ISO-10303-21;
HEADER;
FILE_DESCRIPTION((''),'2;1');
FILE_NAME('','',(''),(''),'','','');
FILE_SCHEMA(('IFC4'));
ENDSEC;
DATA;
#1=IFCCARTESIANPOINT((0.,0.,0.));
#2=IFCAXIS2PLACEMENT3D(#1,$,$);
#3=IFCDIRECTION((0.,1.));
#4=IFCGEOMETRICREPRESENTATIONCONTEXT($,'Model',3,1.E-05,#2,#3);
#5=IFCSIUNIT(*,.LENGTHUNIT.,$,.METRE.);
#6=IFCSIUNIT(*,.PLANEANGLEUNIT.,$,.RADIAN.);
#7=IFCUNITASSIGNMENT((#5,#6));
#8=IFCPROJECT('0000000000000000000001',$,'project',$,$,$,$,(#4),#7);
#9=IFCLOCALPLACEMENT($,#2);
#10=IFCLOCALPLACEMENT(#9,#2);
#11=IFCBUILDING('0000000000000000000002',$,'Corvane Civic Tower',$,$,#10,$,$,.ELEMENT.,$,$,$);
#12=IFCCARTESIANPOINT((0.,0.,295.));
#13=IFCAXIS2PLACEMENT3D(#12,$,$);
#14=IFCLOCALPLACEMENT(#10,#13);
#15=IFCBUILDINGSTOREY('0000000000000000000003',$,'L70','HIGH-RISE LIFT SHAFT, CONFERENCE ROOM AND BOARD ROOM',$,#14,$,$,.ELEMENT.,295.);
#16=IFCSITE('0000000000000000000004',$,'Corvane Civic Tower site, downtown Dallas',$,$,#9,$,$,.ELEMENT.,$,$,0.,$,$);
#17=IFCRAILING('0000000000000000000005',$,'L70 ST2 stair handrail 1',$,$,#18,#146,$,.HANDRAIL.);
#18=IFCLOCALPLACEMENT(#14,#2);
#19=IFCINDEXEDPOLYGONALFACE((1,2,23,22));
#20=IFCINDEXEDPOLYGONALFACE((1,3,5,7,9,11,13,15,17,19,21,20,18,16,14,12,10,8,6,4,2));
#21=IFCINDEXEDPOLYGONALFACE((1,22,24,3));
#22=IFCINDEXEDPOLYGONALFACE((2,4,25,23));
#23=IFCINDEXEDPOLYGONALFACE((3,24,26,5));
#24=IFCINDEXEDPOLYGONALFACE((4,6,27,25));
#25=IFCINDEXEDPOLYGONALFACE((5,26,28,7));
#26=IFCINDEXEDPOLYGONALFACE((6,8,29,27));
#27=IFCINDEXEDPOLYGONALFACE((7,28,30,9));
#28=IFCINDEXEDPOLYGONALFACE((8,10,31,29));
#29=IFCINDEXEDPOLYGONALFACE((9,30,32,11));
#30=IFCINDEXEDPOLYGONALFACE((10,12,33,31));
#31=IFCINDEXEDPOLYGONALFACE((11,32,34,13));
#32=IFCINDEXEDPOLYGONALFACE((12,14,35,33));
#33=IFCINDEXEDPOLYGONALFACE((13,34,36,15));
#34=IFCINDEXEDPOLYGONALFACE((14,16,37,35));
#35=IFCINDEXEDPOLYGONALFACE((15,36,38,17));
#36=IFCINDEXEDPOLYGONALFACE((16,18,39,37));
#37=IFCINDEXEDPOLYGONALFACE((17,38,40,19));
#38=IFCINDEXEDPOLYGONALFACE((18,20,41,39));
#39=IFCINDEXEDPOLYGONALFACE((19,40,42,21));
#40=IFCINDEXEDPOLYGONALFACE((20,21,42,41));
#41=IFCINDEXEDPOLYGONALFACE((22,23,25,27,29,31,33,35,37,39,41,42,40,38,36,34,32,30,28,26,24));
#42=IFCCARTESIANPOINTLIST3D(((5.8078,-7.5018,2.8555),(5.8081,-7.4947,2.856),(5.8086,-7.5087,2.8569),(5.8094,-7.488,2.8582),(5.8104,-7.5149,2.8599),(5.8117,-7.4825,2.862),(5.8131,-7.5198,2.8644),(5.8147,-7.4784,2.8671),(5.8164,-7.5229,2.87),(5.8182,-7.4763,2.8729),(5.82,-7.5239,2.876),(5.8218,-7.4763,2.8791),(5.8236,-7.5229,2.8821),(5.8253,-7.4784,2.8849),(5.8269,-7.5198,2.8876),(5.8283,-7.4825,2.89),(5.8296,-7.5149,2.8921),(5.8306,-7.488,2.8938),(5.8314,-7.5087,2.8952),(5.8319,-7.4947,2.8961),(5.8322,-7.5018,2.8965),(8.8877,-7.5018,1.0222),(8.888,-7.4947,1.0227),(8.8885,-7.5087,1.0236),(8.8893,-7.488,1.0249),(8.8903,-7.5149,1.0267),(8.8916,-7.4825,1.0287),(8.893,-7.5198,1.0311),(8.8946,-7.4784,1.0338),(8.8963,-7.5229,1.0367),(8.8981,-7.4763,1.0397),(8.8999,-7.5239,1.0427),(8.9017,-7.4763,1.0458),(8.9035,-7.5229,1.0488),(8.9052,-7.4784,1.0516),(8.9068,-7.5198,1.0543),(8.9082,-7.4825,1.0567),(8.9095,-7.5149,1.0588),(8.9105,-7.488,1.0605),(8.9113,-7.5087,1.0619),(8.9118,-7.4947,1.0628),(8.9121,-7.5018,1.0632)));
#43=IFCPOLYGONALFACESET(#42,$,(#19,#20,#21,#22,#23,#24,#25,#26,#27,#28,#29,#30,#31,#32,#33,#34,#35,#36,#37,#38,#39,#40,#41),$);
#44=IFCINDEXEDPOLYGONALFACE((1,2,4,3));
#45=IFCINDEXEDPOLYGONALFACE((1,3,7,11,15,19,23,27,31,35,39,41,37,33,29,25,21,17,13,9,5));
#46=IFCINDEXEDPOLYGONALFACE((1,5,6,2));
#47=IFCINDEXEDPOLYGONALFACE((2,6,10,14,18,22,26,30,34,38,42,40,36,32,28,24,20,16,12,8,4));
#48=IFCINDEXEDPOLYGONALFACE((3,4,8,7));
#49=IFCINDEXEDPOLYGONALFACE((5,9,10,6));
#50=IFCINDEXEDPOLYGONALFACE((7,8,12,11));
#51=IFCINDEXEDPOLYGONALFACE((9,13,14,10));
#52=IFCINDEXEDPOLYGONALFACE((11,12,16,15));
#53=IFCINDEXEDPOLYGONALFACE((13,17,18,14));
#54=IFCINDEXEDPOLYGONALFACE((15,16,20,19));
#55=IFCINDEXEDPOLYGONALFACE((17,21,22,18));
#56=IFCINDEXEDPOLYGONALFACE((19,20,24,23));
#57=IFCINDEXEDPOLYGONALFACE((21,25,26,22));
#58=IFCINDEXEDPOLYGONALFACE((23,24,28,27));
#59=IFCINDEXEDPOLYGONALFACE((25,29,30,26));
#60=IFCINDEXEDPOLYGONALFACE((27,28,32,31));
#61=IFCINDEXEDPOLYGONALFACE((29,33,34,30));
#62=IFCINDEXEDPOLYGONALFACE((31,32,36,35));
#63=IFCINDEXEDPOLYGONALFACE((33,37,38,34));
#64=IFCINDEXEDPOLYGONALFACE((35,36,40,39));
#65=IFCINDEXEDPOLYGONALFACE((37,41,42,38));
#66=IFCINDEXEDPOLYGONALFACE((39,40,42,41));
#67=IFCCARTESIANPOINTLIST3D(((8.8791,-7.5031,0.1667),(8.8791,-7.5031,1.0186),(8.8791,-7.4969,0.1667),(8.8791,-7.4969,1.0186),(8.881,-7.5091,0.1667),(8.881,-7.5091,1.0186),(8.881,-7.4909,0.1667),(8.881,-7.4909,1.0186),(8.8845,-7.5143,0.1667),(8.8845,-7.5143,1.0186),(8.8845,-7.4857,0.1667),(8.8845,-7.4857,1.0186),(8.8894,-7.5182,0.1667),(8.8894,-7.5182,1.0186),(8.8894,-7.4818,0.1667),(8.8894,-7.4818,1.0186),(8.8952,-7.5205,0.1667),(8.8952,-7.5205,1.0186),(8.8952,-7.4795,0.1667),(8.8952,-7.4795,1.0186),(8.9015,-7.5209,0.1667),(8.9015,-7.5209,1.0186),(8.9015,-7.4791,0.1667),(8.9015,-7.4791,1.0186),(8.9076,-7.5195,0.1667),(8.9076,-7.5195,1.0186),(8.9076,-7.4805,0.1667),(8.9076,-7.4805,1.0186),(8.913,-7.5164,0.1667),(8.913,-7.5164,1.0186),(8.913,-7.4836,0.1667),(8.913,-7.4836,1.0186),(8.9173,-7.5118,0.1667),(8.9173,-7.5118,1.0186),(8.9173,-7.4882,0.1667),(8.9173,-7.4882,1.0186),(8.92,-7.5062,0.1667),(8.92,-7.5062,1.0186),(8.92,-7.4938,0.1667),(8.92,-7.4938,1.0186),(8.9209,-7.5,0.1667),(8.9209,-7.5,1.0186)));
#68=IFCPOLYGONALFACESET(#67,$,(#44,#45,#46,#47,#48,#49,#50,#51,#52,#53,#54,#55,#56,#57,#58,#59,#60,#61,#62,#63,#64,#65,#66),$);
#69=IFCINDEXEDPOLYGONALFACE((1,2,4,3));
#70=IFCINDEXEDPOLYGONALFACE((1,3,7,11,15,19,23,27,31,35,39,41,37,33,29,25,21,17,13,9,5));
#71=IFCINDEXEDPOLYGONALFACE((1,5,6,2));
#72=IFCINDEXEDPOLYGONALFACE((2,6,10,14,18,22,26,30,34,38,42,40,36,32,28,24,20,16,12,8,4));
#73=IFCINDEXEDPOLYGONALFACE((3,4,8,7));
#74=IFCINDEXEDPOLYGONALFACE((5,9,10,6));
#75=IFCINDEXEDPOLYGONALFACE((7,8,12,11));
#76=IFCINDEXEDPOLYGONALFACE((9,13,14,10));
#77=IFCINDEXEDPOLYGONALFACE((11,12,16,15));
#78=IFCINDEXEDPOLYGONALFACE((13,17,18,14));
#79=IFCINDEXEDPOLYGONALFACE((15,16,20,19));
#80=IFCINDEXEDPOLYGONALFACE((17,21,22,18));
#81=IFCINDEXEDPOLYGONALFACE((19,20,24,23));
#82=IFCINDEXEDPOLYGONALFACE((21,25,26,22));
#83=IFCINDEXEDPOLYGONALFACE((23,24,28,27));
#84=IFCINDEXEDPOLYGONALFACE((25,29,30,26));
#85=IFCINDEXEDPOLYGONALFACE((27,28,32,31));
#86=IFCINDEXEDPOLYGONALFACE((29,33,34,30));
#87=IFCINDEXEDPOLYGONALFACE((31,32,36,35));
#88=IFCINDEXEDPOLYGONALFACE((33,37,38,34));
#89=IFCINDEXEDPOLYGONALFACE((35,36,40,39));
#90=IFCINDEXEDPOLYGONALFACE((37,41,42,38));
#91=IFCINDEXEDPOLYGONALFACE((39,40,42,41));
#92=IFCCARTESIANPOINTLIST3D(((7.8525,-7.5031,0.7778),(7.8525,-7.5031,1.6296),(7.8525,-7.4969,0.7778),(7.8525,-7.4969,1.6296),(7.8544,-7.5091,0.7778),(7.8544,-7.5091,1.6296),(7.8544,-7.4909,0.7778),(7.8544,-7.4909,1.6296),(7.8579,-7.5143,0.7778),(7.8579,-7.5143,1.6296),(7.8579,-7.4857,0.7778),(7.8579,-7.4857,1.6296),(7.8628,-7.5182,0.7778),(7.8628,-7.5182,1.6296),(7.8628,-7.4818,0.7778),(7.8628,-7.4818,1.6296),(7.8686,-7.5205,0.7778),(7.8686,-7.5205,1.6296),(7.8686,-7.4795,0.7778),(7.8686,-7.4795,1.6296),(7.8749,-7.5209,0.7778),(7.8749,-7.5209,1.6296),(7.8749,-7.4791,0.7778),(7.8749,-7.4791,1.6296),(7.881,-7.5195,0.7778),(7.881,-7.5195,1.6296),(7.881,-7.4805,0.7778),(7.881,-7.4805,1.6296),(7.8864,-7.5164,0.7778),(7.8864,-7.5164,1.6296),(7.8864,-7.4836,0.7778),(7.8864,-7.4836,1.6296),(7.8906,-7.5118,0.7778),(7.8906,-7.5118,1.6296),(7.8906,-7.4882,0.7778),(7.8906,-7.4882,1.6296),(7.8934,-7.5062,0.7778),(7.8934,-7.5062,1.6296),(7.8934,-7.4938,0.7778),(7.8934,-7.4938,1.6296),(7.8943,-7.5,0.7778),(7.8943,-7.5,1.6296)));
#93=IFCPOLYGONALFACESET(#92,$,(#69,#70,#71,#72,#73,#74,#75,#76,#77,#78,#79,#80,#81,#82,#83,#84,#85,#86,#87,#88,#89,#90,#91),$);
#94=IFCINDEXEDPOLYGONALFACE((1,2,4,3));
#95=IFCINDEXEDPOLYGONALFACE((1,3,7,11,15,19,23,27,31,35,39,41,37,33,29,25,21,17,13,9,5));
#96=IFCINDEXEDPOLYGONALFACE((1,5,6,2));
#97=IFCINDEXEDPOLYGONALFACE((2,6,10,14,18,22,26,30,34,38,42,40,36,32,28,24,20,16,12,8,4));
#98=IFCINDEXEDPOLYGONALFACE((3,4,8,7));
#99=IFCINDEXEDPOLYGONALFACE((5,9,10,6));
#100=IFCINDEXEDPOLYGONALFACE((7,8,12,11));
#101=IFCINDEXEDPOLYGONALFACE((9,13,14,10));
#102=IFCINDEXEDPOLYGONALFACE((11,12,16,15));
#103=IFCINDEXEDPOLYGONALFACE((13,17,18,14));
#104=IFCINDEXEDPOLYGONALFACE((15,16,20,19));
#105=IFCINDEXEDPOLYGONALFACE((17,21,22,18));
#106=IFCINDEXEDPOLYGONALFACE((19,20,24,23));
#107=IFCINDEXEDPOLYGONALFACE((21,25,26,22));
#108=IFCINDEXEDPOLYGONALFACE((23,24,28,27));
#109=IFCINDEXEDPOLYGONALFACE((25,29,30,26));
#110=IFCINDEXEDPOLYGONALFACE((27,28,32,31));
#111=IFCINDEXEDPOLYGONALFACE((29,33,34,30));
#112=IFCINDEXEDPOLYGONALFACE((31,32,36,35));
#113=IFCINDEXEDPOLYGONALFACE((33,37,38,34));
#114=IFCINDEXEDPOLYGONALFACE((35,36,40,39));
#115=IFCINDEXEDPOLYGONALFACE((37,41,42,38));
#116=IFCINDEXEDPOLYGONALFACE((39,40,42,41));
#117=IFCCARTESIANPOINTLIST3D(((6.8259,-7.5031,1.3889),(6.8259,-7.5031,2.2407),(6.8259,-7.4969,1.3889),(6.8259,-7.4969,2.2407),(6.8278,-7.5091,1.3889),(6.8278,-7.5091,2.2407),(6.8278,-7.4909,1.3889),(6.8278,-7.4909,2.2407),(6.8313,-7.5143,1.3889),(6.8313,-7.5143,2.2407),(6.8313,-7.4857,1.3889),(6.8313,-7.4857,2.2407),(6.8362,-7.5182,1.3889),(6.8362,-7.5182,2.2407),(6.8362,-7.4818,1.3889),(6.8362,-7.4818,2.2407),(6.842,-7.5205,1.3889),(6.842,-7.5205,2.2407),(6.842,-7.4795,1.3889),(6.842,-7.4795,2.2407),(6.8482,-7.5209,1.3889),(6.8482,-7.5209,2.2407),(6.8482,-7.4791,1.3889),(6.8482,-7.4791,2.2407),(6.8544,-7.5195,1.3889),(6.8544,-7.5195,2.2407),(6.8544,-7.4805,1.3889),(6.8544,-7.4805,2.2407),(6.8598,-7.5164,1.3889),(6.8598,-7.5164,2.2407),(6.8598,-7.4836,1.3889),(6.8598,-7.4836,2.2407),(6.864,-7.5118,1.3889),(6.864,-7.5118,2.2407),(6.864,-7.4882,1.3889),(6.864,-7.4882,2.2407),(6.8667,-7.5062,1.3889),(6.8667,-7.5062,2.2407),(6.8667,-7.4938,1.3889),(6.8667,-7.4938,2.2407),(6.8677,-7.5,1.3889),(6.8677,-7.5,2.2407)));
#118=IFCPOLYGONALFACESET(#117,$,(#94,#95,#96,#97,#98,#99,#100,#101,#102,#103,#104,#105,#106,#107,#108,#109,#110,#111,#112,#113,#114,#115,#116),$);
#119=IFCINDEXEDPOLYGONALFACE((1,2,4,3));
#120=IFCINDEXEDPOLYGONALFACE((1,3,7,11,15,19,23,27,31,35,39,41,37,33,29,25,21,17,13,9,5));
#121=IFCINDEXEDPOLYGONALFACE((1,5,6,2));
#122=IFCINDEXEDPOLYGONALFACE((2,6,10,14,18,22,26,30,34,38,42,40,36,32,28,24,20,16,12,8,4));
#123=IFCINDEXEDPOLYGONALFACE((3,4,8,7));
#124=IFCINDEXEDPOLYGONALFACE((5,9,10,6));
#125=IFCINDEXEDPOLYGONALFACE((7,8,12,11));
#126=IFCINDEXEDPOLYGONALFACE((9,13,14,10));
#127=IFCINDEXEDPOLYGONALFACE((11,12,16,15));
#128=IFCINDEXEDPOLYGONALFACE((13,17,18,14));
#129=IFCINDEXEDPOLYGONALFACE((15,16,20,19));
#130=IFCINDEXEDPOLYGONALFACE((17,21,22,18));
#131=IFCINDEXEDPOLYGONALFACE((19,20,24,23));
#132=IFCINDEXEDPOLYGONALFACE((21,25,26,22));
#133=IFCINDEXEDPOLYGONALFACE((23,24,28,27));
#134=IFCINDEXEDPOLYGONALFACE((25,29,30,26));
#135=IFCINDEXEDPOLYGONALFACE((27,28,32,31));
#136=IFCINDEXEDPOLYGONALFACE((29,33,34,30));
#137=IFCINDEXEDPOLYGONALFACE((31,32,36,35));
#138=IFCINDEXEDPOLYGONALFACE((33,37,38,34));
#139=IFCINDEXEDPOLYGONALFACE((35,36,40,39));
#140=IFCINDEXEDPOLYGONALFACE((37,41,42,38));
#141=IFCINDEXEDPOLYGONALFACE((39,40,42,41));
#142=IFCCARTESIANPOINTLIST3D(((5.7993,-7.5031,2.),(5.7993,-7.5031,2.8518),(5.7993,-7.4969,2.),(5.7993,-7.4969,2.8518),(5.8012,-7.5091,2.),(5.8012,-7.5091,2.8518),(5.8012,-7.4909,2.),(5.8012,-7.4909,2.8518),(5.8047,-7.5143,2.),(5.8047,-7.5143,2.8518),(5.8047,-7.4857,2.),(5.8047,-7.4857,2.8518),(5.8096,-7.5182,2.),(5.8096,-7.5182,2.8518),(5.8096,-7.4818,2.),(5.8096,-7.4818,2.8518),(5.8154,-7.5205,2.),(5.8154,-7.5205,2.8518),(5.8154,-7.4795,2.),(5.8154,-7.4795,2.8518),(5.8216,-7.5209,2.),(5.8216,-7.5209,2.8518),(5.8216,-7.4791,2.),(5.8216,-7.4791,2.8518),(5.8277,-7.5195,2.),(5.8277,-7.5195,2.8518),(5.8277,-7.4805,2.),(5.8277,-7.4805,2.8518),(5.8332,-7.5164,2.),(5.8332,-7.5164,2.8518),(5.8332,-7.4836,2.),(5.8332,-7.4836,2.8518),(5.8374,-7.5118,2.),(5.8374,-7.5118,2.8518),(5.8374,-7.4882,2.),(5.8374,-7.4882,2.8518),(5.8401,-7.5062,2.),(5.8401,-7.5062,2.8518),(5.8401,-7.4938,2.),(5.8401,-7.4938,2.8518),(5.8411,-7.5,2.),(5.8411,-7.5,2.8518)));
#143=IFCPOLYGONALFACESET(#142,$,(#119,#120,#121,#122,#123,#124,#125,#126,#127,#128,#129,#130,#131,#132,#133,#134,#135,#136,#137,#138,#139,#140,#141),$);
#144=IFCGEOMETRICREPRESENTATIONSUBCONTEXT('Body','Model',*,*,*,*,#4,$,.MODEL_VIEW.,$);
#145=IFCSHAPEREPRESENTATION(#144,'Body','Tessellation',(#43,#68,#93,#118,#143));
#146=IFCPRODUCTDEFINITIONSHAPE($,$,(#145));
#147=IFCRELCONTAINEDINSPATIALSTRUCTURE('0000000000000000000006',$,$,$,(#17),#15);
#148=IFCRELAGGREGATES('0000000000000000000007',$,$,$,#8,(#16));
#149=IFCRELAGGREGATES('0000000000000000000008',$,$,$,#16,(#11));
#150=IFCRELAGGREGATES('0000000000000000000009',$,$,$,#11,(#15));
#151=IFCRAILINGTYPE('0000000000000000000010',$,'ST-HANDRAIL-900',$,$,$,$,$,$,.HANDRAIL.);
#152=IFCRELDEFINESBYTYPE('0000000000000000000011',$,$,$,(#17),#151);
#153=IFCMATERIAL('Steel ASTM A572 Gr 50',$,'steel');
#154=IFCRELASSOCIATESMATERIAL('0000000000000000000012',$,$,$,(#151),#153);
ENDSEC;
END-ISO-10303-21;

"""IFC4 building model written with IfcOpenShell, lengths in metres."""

from ifc_helpers import new_model, si_unit, direction, frame, origin, origin_2d, place, context, subcontext, project, spatial, circle, extrude, material, type_object, element, save


model = new_model("IFC4")

# Units and contexts
model_context = context("Model", 3, precision=1e-05, world=origin(), true_north=direction((0.0, 1.0)))
body_context = subcontext(model_context, "Body", "Model", "MODEL_VIEW")
ifc_project = project(units=[si_unit("LENGTHUNIT", "METRE"), si_unit("PLANEANGLEUNIT", "RADIAN")], contexts=[model_context])

# Site, building, storey
site_placement = place(None, origin())
site = spatial("IfcSite", under=ifc_project, at=site_placement, Name="Corvane Civic Tower site, downtown Dallas", CompositionType="ELEMENT", RefElevation=0.0)
building_placement = place(site_placement, origin())
building = spatial("IfcBuilding", under=site, at=building_placement, Name="Corvane Civic Tower", CompositionType="ELEMENT")
storey_placement = place(building_placement, frame((0.0, 0.0, 295.0)))
storey = spatial("IfcBuildingStorey", under=building, at=storey_placement, Name="L70", Description="HIGH-RISE LIFT SHAFT, CONFERENCE ROOM AND BOARD ROOM", CompositionType="ELEMENT", Elevation=295.0)

# Railing
ifc_material_1 = material(Name="Steel ASTM A572 Gr 50", Category="steel")
railing_type_1 = type_object("IfcRailingType", Name="ST-HANDRAIL-900", PredefinedType="HANDRAIL", material=ifc_material_1)
railing_1_placement = place(storey_placement, frame((8.8999, -7.5, 0.1667)))
element("IfcRailing", 1, at=railing_1_placement, inside=storey, type_object=railing_type_1, Name="L70 ST2 stair handrail 1", PredefinedType="HANDRAIL", context=body_context, shape_type="SweptSolid", body=[
    extrude(circle(Radius=0.0239, at=origin_2d()), frame((0.0, 0.0, 0.876), z_axis=(-0.859291, 0.0, 0.511487), x_axis=(0.0, -1.0, 0.0)), (0.0, 0.0, 1.0), 3.5842),
    extrude(circle(Radius=0.021, at=origin_2d()), origin(), (0.0, 0.0, 1.0), 0.8518),
    extrude(circle(Radius=0.021, at=origin_2d()), frame((-1.0266, 0.0, 0.6111)), (0.0, 0.0, 1.0), 0.8518),
    extrude(circle(Radius=0.021, at=origin_2d()), frame((-2.0532, 0.0, 1.2222)), (0.0, 0.0, 1.0), 0.8518),
    extrude(circle(Radius=0.021, at=origin_2d()), frame((-3.0798, 0.0, 1.8333)), (0.0, 0.0, 1.0), 0.8518),
])

save(model, "model.ifc")
